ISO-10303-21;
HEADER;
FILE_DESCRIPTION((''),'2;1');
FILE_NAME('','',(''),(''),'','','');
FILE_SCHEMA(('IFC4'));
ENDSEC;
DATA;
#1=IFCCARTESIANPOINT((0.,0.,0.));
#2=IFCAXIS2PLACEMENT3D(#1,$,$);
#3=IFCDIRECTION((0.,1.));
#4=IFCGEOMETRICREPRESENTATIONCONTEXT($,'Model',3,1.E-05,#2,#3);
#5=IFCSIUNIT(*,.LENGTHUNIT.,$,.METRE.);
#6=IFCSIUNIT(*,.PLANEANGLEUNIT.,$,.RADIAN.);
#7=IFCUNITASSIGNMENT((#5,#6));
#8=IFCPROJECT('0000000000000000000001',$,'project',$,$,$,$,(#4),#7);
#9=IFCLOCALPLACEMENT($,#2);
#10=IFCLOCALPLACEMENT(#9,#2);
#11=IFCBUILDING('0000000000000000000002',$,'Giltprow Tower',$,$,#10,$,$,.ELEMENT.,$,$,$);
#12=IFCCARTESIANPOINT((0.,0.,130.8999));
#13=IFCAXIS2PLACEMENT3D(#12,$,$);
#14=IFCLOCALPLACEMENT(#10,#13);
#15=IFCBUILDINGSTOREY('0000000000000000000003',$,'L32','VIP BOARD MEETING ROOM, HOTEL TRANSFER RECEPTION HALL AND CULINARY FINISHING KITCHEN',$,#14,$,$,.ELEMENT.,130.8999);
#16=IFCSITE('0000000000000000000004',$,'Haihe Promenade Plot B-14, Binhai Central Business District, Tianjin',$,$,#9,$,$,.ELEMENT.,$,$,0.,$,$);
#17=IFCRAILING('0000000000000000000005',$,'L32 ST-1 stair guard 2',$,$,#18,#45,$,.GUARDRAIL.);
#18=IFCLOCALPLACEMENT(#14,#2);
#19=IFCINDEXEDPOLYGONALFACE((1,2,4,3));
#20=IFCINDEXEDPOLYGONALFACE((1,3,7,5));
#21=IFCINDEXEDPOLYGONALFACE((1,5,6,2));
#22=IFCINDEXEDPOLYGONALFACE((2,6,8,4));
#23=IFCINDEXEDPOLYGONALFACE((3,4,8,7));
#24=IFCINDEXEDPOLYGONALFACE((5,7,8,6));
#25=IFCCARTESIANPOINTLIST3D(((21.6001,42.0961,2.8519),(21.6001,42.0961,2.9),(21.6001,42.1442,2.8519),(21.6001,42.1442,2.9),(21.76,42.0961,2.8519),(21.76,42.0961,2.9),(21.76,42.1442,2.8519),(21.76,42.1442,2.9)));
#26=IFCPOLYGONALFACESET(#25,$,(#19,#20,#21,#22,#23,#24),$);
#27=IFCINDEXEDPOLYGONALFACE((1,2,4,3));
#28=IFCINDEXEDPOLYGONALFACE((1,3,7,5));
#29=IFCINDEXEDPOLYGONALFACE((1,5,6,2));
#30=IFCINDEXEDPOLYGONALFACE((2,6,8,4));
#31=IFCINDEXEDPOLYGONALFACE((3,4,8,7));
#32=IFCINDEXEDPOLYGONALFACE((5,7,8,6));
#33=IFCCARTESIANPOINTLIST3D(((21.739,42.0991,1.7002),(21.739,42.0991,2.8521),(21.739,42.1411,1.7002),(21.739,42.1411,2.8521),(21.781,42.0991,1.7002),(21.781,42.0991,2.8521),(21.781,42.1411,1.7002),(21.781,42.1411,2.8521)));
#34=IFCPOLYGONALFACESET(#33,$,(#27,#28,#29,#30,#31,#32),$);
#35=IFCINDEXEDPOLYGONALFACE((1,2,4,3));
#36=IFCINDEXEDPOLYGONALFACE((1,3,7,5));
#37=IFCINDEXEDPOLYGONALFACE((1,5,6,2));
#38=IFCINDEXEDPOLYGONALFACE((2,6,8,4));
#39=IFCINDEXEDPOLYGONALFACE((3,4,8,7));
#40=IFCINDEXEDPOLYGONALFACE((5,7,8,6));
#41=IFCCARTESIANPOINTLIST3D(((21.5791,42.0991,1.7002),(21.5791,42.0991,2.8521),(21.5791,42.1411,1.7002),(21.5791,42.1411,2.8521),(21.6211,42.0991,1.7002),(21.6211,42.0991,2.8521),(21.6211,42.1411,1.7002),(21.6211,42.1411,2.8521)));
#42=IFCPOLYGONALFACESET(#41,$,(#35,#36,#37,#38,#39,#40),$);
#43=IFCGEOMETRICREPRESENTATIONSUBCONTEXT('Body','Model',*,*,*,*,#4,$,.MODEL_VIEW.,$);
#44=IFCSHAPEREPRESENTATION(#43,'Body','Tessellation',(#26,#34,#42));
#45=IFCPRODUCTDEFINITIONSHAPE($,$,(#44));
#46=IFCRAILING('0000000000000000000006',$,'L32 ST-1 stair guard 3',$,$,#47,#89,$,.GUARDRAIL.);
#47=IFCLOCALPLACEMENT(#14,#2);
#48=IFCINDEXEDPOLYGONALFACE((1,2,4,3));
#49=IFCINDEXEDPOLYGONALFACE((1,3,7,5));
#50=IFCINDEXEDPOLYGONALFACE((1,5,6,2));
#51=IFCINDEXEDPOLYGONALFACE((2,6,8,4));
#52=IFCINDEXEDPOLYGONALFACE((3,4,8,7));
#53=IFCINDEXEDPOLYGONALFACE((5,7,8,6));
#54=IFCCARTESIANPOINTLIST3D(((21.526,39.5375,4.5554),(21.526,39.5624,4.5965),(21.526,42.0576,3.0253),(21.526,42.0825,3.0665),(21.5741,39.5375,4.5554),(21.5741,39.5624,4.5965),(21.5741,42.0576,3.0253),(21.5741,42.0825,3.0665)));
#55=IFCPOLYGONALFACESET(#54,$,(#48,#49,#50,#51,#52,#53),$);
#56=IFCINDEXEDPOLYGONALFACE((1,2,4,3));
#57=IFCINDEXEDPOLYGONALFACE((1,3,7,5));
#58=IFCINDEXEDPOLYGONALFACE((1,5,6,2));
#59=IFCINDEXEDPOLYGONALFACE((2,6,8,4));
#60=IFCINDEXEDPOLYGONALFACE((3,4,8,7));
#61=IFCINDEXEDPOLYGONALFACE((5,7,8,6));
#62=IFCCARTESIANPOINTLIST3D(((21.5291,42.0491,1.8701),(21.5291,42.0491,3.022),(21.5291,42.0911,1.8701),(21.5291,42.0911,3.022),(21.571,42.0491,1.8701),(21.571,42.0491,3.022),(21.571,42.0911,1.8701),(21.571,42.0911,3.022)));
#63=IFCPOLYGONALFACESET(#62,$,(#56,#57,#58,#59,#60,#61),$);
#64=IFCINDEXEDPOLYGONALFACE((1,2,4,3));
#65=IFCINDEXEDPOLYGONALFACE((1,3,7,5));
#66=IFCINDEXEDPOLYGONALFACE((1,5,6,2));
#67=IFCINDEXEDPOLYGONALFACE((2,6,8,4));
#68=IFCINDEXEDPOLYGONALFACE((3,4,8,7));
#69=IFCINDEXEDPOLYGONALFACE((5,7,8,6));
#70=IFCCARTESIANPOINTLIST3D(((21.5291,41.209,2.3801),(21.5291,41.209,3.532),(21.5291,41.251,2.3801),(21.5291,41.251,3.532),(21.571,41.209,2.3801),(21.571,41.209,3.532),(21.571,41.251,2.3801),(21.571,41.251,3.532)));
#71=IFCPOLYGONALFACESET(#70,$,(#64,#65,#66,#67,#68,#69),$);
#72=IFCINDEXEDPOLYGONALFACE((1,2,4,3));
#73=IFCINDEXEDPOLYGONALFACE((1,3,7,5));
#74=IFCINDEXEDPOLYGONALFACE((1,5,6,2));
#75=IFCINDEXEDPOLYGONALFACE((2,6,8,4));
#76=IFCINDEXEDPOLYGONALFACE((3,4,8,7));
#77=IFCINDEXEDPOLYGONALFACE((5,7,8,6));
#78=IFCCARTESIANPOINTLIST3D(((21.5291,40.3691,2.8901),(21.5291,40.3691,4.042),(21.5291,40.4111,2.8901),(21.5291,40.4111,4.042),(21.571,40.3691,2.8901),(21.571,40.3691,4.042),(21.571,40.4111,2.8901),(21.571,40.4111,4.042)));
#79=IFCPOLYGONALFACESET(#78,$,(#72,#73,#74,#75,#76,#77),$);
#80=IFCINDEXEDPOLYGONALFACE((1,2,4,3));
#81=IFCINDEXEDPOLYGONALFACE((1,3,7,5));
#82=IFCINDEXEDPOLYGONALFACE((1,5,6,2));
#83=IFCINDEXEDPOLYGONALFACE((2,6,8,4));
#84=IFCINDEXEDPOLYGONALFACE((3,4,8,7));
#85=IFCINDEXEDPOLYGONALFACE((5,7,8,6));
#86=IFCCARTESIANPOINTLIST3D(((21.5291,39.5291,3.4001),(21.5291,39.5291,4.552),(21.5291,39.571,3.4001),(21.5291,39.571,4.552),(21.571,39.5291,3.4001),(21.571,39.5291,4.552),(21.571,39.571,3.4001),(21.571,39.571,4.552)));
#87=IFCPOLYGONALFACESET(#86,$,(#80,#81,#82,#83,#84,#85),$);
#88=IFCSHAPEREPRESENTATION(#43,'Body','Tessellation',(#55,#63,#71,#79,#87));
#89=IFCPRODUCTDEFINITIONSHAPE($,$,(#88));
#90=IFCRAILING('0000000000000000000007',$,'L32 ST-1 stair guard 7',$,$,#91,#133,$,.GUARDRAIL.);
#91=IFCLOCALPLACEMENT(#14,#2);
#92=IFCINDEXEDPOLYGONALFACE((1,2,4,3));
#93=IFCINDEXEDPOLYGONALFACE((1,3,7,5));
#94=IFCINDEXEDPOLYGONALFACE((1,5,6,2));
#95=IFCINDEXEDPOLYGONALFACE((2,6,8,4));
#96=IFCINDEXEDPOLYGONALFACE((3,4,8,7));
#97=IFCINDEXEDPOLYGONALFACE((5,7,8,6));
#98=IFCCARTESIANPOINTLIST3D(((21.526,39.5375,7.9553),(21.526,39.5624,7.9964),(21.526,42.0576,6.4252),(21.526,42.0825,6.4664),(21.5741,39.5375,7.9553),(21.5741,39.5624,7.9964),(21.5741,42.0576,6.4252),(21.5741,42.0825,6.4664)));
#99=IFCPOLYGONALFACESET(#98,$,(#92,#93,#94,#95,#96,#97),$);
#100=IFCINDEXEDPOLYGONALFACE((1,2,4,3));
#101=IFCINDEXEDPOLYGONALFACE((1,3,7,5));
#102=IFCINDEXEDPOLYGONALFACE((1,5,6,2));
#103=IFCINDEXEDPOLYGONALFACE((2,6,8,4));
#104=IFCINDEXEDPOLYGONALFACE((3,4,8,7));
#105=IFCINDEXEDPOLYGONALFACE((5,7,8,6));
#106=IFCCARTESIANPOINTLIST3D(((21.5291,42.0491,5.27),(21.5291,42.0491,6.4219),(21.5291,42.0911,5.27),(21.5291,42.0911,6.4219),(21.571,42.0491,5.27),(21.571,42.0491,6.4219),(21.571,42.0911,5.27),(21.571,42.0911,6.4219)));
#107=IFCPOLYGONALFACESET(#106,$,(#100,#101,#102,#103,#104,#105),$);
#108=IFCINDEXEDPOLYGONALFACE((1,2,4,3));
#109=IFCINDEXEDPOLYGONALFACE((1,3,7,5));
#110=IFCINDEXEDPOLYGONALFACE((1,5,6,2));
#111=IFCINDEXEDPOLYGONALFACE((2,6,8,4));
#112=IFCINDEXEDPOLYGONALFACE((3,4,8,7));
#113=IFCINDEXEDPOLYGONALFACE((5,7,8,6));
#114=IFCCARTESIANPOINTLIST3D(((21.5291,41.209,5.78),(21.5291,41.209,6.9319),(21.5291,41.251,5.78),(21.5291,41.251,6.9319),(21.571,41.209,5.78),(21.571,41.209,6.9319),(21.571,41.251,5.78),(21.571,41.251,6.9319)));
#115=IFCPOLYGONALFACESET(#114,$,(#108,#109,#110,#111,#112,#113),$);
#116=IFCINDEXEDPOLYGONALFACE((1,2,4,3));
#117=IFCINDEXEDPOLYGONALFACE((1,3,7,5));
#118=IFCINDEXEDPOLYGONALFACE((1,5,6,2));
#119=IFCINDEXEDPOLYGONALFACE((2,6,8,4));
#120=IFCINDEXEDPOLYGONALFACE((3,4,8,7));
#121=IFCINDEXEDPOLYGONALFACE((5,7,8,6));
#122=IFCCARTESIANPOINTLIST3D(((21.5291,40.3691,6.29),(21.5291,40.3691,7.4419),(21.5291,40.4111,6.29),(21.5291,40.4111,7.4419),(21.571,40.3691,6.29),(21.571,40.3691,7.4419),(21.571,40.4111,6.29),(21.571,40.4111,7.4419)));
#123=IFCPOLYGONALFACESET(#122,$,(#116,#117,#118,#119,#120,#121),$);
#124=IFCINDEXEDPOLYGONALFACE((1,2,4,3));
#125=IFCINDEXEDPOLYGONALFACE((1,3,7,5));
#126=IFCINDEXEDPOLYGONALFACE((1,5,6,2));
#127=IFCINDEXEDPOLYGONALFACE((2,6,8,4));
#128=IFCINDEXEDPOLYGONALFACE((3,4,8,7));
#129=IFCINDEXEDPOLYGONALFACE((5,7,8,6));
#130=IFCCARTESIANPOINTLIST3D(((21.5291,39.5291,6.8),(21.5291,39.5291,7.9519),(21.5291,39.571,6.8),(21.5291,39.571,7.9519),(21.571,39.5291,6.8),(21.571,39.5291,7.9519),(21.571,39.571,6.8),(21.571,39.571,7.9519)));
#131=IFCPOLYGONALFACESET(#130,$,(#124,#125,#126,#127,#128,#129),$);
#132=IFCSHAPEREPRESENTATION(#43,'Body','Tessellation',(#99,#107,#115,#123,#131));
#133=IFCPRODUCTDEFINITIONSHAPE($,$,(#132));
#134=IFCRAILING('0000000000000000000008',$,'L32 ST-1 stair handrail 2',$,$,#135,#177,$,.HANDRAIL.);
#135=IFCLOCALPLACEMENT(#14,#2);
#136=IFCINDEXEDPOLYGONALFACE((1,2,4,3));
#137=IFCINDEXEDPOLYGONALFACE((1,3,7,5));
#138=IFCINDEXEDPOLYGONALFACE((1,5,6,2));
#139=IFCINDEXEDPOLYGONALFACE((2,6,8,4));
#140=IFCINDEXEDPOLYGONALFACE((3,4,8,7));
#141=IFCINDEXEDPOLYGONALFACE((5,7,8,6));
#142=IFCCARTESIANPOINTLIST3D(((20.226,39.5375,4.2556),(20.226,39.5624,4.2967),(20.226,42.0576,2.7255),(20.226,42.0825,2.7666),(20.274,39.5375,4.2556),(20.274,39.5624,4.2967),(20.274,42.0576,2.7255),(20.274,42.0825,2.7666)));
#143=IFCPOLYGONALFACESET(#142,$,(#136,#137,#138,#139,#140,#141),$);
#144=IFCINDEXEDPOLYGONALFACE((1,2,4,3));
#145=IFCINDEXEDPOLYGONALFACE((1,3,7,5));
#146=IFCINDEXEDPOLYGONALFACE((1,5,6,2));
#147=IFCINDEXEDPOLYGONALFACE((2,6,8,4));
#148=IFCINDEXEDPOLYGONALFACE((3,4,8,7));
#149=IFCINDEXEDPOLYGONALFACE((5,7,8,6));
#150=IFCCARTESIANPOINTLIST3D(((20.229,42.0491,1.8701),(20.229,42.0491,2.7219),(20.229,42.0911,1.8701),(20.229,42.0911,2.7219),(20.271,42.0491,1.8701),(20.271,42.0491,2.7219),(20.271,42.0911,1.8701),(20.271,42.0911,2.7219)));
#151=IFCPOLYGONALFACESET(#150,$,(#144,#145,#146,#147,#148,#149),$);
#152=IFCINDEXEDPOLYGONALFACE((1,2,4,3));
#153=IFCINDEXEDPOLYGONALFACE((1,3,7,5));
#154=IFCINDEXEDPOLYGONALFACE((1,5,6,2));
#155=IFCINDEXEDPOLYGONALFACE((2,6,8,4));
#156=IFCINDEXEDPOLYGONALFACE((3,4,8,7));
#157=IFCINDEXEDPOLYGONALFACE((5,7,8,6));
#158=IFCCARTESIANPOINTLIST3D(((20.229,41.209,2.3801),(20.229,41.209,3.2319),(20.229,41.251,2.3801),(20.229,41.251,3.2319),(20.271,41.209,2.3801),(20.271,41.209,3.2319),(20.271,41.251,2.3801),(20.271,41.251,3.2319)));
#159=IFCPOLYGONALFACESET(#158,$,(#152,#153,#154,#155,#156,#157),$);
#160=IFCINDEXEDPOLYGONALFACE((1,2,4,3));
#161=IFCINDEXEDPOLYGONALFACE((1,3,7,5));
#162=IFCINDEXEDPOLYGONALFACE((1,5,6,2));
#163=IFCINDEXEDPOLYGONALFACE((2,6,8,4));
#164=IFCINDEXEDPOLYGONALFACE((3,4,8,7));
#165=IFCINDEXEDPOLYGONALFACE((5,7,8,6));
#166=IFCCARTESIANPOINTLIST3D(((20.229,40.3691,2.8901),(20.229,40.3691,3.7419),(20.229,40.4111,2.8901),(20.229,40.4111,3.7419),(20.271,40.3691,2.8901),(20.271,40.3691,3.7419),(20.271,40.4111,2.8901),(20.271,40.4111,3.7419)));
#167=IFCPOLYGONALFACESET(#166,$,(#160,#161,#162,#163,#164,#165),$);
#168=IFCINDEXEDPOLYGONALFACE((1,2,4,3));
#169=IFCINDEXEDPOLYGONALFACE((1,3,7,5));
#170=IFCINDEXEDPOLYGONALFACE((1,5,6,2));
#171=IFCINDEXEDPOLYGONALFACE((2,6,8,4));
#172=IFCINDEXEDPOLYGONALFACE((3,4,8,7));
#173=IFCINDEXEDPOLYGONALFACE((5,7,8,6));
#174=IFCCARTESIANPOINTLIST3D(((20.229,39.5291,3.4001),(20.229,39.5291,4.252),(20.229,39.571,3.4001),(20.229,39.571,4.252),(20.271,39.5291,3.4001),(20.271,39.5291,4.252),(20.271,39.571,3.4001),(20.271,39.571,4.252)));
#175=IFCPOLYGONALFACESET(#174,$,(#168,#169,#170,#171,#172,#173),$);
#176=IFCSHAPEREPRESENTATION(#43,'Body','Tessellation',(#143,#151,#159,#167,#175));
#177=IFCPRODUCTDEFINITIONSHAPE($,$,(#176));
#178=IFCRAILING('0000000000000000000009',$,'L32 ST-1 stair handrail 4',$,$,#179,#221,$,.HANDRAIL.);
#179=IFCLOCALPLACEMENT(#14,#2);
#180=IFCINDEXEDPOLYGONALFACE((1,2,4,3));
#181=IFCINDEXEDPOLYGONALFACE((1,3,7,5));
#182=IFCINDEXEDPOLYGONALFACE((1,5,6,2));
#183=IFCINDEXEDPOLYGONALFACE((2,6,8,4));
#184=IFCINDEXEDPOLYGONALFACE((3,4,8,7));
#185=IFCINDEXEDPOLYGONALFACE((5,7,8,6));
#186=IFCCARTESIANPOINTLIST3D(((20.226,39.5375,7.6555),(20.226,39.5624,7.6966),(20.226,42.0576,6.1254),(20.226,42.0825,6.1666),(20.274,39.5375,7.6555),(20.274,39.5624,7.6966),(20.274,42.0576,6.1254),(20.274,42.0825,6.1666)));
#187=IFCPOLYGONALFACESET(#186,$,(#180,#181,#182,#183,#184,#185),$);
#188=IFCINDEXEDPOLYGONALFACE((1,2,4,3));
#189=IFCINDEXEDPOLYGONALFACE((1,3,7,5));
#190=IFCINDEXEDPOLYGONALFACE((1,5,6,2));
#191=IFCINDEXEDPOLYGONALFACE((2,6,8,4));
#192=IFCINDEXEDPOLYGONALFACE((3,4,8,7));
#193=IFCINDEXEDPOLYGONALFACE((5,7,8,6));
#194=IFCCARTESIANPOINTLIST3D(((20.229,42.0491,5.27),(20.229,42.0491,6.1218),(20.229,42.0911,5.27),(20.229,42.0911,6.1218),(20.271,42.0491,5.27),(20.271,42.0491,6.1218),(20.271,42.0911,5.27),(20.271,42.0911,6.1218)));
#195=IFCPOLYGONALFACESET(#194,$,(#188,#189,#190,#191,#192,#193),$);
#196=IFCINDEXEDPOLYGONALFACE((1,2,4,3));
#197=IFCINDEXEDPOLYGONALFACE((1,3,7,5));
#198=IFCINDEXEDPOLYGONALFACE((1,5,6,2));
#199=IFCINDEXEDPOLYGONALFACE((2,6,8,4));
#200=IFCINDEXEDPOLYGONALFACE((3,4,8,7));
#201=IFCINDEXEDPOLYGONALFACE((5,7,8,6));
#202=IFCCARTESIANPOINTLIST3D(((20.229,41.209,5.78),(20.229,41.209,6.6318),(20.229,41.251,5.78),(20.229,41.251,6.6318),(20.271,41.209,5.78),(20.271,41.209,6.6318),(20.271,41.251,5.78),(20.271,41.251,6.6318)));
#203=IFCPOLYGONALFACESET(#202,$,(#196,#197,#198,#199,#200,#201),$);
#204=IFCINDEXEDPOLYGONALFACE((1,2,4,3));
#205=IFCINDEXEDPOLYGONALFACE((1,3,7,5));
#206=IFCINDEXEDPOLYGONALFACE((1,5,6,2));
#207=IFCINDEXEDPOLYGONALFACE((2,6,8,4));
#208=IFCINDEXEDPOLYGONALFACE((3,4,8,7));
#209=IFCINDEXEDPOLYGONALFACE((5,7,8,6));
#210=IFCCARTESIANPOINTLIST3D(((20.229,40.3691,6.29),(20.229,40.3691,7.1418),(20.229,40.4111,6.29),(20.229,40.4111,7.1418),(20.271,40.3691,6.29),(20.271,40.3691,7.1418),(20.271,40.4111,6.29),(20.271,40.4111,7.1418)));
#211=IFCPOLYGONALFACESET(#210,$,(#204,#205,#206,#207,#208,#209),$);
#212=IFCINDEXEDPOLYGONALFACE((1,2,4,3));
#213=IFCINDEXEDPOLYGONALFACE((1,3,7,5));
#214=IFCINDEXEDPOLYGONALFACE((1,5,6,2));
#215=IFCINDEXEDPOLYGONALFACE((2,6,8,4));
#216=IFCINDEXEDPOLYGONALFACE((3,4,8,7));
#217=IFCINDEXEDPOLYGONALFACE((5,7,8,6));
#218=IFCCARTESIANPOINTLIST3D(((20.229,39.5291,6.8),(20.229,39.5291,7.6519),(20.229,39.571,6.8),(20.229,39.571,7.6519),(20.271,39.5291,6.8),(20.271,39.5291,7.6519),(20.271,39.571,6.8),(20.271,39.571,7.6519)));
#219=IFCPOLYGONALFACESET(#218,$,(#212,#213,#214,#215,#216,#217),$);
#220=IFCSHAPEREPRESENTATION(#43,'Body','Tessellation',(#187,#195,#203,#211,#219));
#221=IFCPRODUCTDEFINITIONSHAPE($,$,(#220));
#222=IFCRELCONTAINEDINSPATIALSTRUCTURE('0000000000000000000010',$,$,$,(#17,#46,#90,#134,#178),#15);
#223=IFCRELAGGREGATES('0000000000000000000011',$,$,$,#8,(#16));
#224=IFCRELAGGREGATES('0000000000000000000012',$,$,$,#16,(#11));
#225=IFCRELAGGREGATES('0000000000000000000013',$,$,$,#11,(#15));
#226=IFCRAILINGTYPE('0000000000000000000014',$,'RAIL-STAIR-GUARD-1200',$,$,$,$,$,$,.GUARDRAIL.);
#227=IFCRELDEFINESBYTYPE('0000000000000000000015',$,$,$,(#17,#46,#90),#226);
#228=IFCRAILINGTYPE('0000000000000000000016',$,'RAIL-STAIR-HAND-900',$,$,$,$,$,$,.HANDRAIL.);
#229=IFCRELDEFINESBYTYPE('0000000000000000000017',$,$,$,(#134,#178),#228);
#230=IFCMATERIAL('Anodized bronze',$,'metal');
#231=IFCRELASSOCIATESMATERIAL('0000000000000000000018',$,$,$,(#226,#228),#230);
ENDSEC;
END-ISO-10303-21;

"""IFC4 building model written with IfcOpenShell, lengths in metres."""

from ifc_helpers import new_model, si_unit, direction, frame, origin, origin_2d, place, context, subcontext, project, spatial, rectangle, extrude, material, type_object, element, save


model = new_model("IFC4")

# Units and contexts
model_context = context("Model", 3, precision=1e-05, world=origin(), true_north=direction((0.0, 1.0)))
body_context = subcontext(model_context, "Body", "Model", "MODEL_VIEW")
ifc_project = project(units=[si_unit("LENGTHUNIT", "METRE"), si_unit("PLANEANGLEUNIT", "RADIAN")], contexts=[model_context])

# Site, building, storey
site_placement = place(None, origin())
site = spatial("IfcSite", under=ifc_project, at=site_placement, Name="Haihe Promenade Plot B-14, Binhai Central Business District, Tianjin", CompositionType="ELEMENT", RefElevation=0.0)
building_placement = place(site_placement, origin())
building = spatial("IfcBuilding", under=site, at=building_placement, Name="Giltprow Tower", CompositionType="ELEMENT")
storey_placement = place(building_placement, frame((0.0, 0.0, 130.8999)))
storey = spatial("IfcBuildingStorey", under=building, at=storey_placement, Name="L32", Description="VIP BOARD MEETING ROOM, HOTEL TRANSFER RECEPTION HALL AND CULINARY FINISHING KITCHEN", CompositionType="ELEMENT", Elevation=130.8999)

# Railings
ifc_material_1 = material(Name="Anodized bronze", Category="metal")
railing_type_1 = type_object("IfcRailingType", Name="RAIL-STAIR-GUARD-1200", PredefinedType="GUARDRAIL", material=ifc_material_1)
railing_1_placement = place(storey_placement, frame((21.76, 42.1201, 1.7002)))
element("IfcRailing", 1, at=railing_1_placement, inside=storey, type_object=railing_type_1, Name="L32 ST-1 stair guard 2", PredefinedType="GUARDRAIL", context=body_context, shape_type="SweptSolid", body=[
    extrude(rectangle(XDim=0.0481, YDim=0.0481, at=origin_2d()), frame((0.0, 0.0, 1.1758), z_axis=(-1.0, 0.0, 0.0), x_axis=(0.0, -1.0, 0.0)), (0.0, 0.0, 1.0), 0.1599),
    extrude(rectangle(XDim=0.042, YDim=0.042, at=origin_2d()), origin(), (0.0, 0.0, 1.0), 1.1519),
    extrude(rectangle(XDim=0.042, YDim=0.042, at=origin_2d()), frame((-0.1599, 0.0, 0.0)), (0.0, 0.0, 1.0), 1.1519),
])
for number, where, name in (
    (2, (21.55, 42.0701, 1.8701), "L32 ST-1 stair guard 3"),
    (3, (21.55, 42.0701, 5.27), "L32 ST-1 stair guard 7"),
):
    element("IfcRailing", number, at=place(storey_placement, frame(where)), inside=storey, type_object=railing_type_1, Name=name, PredefinedType="GUARDRAIL", context=body_context, shape_type="SweptSolid", body=[
        extrude(rectangle(XDim=0.0481, YDim=0.0481, at=origin_2d()), frame((0.0, 0.0, 1.1758), z_axis=(0.0, -0.854785, 0.518982), x_axis=(1.0, 0.0, 0.0)), (0.0, 0.0, 1.0), 2.9482),
        extrude(rectangle(XDim=0.042, YDim=0.042, at=origin_2d()), origin(), (0.0, 0.0, 1.0), 1.1519),
        extrude(rectangle(XDim=0.042, YDim=0.042, at=origin_2d()), frame((0.0, -0.8401, 0.51)), (0.0, 0.0, 1.0), 1.1519),
        extrude(rectangle(XDim=0.042, YDim=0.042, at=origin_2d()), frame((0.0, -1.6799, 1.02)), (0.0, 0.0, 1.0), 1.1519),
        extrude(rectangle(XDim=0.042, YDim=0.042, at=origin_2d()), frame((0.0, -2.52, 1.53)), (0.0, 0.0, 1.0), 1.1519),
    ])
railing_type_2 = type_object("IfcRailingType", Name="RAIL-STAIR-HAND-900", PredefinedType="HANDRAIL", material=ifc_material_1)
for number, where, name in (
    (4, (20.25, 42.0701, 1.8701), "L32 ST-1 stair handrail 2"),
    (5, (20.25, 42.0701, 5.27), "L32 ST-1 stair handrail 4"),
):
    element("IfcRailing", number, at=place(storey_placement, frame(where)), inside=storey, type_object=railing_type_2, Name=name, PredefinedType="HANDRAIL", context=body_context, shape_type="SweptSolid", body=[
        extrude(rectangle(XDim=0.0481, YDim=0.0481, at=origin_2d()), frame((0.0, 0.0, 0.876), z_axis=(0.0, -0.854785, 0.518982), x_axis=(1.0, 0.0, 0.0)), (0.0, 0.0, 1.0), 2.9482),
        extrude(rectangle(XDim=0.042, YDim=0.042, at=origin_2d()), origin(), (0.0, 0.0, 1.0), 0.8518),
        extrude(rectangle(XDim=0.042, YDim=0.042, at=origin_2d()), frame((0.0, -0.8401, 0.51)), (0.0, 0.0, 1.0), 0.8518),
        extrude(rectangle(XDim=0.042, YDim=0.042, at=origin_2d()), frame((0.0, -1.6799, 1.02)), (0.0, 0.0, 1.0), 0.8518),
        extrude(rectangle(XDim=0.042, YDim=0.042, at=origin_2d()), frame((0.0, -2.52, 1.53)), (0.0, 0.0, 1.0), 0.8518),
    ])

save(model, "model.ifc")
